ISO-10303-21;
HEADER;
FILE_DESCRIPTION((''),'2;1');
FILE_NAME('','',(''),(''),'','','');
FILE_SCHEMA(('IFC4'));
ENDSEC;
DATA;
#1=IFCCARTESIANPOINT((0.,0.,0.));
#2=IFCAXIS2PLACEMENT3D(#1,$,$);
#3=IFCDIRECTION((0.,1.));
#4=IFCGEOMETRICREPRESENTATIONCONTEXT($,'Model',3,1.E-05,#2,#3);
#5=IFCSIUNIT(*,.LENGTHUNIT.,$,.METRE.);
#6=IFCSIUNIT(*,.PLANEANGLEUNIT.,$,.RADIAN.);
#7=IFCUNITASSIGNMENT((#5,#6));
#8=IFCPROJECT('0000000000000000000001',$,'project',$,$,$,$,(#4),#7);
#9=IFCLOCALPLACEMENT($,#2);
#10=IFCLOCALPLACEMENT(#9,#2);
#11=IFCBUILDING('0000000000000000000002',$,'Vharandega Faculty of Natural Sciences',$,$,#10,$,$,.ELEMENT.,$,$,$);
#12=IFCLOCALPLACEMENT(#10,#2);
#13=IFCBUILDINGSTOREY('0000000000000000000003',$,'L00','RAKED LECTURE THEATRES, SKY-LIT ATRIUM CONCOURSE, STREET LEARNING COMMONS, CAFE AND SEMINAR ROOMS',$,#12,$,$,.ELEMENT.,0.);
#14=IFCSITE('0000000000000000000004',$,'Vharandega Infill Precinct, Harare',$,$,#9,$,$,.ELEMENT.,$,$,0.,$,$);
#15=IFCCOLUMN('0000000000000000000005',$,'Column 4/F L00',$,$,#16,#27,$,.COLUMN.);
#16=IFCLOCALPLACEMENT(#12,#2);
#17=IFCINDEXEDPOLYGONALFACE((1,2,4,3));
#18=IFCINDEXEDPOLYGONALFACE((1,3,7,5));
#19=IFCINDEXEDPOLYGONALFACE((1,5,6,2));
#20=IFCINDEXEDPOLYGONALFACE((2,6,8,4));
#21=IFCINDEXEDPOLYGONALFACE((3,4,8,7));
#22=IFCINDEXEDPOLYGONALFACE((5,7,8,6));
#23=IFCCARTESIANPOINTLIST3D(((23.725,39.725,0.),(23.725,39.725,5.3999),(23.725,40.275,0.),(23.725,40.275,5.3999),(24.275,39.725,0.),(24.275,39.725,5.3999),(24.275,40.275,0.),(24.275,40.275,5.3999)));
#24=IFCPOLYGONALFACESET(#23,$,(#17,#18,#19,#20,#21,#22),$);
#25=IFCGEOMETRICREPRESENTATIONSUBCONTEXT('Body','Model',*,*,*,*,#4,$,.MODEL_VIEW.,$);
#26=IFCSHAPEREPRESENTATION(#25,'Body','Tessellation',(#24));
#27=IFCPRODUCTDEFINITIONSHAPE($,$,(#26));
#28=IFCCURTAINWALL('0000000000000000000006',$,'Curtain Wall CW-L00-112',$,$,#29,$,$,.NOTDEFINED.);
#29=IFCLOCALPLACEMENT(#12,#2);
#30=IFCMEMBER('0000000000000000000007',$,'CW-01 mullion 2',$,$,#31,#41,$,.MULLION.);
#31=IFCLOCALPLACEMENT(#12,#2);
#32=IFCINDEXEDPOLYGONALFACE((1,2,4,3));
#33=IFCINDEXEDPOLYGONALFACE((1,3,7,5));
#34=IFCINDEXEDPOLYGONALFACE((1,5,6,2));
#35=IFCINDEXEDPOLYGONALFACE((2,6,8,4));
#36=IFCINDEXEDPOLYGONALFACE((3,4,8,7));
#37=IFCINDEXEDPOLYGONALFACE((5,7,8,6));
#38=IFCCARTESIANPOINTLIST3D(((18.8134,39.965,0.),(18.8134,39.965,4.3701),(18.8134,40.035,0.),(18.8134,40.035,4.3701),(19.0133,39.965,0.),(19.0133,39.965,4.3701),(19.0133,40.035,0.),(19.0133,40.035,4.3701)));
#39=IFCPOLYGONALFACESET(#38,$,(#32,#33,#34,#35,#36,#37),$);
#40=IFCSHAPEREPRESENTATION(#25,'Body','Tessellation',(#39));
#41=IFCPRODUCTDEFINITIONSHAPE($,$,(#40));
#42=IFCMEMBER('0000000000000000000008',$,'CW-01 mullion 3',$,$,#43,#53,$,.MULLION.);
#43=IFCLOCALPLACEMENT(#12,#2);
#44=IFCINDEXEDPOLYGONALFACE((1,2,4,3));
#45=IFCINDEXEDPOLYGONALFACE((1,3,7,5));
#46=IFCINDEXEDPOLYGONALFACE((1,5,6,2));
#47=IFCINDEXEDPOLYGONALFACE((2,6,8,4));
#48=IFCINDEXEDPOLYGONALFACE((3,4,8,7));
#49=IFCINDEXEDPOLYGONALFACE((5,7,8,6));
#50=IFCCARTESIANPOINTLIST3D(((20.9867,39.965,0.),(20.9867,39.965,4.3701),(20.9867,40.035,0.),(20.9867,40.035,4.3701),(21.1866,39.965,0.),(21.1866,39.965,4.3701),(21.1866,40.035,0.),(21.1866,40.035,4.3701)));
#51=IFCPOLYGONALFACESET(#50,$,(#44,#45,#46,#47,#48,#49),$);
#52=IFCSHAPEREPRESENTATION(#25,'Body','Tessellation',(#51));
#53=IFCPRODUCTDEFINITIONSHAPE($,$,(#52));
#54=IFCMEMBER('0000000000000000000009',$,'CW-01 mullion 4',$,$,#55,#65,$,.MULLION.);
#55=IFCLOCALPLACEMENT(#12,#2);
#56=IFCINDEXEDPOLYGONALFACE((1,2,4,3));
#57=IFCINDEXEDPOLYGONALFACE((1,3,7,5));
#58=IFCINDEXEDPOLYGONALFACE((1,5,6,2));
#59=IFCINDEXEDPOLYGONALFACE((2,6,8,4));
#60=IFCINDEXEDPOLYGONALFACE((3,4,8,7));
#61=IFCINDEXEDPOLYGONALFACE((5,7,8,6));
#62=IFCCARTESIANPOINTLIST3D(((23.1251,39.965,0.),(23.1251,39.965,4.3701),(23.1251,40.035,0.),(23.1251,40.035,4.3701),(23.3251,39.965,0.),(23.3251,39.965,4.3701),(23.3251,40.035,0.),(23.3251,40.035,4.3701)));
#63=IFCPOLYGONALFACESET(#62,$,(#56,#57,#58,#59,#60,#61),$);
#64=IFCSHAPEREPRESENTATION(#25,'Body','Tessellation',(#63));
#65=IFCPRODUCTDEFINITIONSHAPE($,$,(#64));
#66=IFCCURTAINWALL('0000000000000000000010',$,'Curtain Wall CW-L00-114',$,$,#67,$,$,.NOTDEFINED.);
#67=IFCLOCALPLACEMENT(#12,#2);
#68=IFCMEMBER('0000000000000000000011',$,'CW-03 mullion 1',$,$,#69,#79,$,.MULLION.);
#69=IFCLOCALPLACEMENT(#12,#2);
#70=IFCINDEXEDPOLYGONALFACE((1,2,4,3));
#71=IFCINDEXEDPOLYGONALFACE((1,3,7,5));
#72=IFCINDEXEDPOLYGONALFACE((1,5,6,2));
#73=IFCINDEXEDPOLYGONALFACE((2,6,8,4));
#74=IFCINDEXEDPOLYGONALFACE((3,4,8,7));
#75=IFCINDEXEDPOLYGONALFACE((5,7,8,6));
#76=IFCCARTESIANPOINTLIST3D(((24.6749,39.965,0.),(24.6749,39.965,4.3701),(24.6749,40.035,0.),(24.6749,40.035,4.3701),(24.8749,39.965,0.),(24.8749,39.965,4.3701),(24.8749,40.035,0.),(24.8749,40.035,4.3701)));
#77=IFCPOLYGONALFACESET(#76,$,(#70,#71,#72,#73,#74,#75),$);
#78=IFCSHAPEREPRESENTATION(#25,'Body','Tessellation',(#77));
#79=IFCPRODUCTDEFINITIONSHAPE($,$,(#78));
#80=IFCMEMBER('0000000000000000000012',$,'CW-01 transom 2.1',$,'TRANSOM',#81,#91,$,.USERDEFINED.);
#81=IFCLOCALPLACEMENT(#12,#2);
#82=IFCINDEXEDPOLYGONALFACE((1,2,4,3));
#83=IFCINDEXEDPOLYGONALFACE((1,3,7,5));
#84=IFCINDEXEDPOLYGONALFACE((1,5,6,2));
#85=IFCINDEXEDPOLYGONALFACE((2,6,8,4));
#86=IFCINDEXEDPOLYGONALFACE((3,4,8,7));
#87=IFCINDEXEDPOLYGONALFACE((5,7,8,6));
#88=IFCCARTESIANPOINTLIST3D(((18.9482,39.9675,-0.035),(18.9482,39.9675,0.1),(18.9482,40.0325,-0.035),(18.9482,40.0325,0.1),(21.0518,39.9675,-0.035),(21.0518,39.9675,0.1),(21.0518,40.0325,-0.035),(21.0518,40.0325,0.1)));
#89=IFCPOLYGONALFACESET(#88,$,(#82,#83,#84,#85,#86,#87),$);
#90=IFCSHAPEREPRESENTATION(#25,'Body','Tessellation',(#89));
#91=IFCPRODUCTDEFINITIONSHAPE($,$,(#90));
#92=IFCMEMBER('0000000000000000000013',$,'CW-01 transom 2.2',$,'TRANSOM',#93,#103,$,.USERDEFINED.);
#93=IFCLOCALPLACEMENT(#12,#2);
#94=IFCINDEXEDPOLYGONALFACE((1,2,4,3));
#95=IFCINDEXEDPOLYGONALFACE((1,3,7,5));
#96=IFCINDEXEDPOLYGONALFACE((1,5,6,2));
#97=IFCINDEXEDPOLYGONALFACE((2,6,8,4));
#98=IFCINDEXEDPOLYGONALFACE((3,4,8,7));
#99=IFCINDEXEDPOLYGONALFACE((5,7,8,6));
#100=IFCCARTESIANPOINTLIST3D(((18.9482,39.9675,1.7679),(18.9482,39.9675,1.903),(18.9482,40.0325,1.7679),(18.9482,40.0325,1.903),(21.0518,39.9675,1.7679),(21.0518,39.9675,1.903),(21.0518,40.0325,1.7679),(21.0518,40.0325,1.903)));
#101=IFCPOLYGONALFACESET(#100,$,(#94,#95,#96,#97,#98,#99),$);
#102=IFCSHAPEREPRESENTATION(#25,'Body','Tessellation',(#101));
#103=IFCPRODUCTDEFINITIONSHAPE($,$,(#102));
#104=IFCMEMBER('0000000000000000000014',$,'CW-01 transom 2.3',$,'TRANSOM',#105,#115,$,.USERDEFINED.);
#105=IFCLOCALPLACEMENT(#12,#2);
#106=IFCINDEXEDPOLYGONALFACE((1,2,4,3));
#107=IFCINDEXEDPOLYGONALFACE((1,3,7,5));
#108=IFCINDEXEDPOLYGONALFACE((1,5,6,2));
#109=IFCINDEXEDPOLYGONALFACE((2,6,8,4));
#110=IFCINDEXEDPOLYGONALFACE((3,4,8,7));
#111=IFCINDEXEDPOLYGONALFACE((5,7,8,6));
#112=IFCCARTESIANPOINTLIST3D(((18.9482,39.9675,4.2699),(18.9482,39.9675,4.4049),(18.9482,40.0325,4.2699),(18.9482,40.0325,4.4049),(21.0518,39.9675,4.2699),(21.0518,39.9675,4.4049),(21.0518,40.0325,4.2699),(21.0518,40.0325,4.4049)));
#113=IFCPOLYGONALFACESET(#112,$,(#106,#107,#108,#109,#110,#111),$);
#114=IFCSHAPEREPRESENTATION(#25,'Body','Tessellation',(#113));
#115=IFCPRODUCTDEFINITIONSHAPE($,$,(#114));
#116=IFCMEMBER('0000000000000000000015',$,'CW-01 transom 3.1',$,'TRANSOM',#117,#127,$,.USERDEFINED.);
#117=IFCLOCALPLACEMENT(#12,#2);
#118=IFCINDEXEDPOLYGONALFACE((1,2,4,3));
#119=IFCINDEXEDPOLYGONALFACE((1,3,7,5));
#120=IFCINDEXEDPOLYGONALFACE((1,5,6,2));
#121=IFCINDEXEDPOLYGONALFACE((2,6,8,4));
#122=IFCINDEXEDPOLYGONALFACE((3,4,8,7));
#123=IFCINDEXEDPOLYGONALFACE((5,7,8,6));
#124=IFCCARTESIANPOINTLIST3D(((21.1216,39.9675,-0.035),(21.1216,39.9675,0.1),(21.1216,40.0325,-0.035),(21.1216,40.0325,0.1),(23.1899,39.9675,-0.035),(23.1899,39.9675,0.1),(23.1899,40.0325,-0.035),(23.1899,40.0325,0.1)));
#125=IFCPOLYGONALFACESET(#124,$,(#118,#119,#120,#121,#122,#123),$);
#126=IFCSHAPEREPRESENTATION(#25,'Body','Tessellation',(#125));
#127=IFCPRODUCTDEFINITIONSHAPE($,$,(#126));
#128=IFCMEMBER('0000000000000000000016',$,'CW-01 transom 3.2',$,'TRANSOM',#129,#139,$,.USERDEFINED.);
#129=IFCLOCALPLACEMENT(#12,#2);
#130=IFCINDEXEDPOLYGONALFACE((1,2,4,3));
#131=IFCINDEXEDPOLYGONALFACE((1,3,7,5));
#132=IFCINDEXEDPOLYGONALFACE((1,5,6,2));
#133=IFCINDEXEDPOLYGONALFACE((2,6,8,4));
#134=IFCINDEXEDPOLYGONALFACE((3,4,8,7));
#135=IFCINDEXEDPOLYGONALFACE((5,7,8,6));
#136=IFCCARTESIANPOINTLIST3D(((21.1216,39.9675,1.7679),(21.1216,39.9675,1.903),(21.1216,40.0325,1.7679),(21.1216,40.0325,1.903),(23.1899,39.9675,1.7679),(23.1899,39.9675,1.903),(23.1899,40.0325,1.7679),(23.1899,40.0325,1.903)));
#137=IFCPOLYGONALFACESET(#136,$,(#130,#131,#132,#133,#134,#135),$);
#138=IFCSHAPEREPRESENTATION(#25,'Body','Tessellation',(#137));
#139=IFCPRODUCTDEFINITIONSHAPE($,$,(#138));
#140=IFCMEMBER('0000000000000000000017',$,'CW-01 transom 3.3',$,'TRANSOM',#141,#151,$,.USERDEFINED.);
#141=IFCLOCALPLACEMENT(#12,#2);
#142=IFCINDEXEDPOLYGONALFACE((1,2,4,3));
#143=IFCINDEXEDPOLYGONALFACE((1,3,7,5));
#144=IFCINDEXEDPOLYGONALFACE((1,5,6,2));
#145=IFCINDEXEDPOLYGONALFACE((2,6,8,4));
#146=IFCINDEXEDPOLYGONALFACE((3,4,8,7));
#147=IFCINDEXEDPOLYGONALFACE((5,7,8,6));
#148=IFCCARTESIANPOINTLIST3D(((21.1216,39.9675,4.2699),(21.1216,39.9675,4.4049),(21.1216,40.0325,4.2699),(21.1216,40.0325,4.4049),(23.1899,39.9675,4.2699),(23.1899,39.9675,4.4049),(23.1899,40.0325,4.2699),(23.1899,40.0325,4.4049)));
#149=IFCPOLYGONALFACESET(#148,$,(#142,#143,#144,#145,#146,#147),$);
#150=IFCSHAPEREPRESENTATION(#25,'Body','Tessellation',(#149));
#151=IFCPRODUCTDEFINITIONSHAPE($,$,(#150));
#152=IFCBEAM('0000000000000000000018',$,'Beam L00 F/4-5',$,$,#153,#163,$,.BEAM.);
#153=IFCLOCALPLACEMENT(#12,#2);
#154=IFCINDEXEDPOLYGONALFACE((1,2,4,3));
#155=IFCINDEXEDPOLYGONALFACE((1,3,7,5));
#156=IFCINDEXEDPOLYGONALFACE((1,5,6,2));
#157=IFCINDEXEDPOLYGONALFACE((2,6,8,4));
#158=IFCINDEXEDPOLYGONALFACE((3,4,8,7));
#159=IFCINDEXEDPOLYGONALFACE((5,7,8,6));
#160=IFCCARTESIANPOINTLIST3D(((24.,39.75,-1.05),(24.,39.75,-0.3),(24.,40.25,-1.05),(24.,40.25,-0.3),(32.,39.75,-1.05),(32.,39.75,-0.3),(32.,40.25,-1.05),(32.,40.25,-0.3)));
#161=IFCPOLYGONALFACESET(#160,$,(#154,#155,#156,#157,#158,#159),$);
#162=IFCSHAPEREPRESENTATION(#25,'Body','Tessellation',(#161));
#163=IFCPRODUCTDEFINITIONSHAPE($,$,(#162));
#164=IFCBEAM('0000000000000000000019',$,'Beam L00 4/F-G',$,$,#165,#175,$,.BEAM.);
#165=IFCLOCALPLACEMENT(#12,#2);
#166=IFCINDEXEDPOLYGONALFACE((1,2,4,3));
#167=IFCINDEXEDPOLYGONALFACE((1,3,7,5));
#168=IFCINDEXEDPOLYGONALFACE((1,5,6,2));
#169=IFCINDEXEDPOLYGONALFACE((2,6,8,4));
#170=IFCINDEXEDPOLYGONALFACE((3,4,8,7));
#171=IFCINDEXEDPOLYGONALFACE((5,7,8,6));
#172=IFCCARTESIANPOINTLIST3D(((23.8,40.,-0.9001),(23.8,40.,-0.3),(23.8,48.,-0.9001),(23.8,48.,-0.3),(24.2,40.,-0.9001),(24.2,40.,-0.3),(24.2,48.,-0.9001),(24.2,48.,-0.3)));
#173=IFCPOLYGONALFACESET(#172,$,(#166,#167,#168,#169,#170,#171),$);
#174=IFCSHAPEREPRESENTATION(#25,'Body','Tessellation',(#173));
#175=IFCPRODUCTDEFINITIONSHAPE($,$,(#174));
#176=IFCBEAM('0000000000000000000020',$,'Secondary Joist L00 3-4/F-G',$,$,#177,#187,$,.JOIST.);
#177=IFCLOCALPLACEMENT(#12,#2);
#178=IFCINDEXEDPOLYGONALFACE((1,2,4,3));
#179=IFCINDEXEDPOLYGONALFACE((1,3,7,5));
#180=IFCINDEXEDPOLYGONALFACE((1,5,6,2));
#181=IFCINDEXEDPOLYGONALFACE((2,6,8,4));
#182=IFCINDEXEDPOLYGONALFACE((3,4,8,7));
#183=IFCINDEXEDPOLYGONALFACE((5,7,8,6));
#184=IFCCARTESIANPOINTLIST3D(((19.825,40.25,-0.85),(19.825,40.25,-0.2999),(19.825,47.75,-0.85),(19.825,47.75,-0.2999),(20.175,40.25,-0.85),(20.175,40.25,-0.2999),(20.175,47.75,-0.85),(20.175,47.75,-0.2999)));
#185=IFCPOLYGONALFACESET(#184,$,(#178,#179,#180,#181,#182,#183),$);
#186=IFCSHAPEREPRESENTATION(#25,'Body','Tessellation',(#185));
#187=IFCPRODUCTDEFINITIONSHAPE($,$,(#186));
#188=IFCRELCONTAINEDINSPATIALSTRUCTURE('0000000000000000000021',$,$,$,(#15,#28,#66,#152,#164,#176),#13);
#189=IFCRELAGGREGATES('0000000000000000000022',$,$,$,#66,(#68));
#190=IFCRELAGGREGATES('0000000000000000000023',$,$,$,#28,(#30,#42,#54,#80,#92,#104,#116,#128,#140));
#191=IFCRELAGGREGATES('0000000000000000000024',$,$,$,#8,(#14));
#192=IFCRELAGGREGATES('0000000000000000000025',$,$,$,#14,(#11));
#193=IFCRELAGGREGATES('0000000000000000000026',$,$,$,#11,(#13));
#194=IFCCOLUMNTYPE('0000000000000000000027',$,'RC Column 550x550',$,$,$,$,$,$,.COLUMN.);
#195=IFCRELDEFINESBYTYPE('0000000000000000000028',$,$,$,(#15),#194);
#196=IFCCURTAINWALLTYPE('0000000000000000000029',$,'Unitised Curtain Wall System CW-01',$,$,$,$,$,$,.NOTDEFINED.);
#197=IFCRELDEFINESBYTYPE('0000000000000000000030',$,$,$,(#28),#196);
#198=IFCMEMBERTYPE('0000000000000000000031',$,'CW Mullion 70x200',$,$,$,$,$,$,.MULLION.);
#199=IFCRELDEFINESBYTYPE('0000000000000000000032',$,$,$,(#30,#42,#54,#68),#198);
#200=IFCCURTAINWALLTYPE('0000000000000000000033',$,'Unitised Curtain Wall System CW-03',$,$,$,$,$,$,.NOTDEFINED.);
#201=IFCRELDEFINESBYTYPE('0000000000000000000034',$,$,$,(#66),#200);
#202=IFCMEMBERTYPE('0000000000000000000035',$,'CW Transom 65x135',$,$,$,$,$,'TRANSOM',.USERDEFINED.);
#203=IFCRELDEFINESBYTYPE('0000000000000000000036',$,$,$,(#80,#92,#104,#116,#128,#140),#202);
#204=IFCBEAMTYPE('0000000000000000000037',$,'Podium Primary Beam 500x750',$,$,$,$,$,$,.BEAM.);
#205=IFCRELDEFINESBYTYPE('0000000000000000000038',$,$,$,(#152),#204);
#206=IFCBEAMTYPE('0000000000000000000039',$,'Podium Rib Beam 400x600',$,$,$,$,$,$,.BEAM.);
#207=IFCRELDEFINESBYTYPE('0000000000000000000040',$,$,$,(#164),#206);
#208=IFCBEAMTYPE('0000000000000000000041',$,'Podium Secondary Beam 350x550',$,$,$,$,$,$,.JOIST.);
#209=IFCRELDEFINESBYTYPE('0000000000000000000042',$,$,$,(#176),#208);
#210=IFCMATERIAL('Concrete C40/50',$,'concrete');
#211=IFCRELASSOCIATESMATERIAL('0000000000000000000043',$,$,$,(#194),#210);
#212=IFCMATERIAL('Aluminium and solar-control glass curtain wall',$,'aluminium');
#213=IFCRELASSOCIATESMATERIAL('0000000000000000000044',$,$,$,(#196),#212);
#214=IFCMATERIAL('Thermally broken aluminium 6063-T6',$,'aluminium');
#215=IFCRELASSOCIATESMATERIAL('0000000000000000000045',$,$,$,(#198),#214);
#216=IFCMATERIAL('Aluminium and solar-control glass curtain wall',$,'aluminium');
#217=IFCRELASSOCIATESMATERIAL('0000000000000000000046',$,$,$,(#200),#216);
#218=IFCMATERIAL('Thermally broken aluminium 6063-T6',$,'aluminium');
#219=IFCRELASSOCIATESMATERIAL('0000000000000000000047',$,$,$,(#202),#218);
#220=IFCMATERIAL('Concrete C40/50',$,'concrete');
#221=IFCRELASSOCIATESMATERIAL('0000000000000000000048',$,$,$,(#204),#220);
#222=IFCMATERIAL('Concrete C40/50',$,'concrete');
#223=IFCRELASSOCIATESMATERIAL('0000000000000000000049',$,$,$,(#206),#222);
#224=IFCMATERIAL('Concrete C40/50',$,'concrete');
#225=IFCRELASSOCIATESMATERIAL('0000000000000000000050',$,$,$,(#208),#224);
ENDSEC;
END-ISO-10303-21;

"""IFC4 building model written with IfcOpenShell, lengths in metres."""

from ifc_helpers import new_model, si_unit, direction, frame, origin, origin_2d, place, context, subcontext, project, spatial, rectangle, extrude, material, material_profile, profile_set, type_object, element, aggregate, save


model = new_model("IFC4")

# Units and contexts
model_context = context("Model", 3, precision=1e-05, world=origin(), true_north=direction((0.0, 1.0)))
body_context = subcontext(model_context, "Body", "Model", "MODEL_VIEW")
ifc_project = project(units=[si_unit("LENGTHUNIT", "METRE"), si_unit("PLANEANGLEUNIT", "RADIAN")], contexts=[model_context])

# Site, building, storey
site_placement = place(None, origin())
site = spatial("IfcSite", under=ifc_project, at=site_placement, Name="Vharandega Infill Precinct, Harare", CompositionType="ELEMENT", RefElevation=0.0)
building_placement = place(site_placement, origin())
building = spatial("IfcBuilding", under=site, at=building_placement, Name="Vharandega Faculty of Natural Sciences", CompositionType="ELEMENT")
storey_placement = place(building_placement, origin())
storey = spatial("IfcBuildingStorey", under=building, at=storey_placement, Name="L00", Description="RAKED LECTURE THEATRES, SKY-LIT ATRIUM CONCOURSE, STREET LEARNING COMMONS, CAFE AND SEMINAR ROOMS", CompositionType="ELEMENT", Elevation=0.0)

# Column
ifc_material_1 = material(Name="Concrete C40/50", Category="concrete")
ifc_material_profile_1 = material_profile(ifc_material_1, rectangle(XDim=0.55, YDim=0.55, at=origin_2d()), Name="RC 550x550")
ifc_profile_set_1 = profile_set([ifc_material_profile_1], Name="Concrete C40/50")
column_type = type_object("IfcColumnType", Name="RC Column 550x550", PredefinedType="COLUMN", material=ifc_profile_set_1)
column_placement = place(storey_placement, frame((24.0, 40.0, 0.0), z_axis=(0.0, 0.0, 1.0), x_axis=(1.0, 0.0, 0.0)))
element("IfcColumn", 1, at=column_placement, inside=storey, type_object=column_type, Name="Column 4/F L00", PredefinedType="COLUMN", context=body_context, shape_type="SweptSolid", body=[
    extrude(rectangle(XDim=0.55, YDim=0.55, at=origin_2d()), origin(), (0.0, 0.0, 1.0), 5.3999),
])

# Curtain wall, members
ifc_material_2 = material(Name="Aluminium and solar-control glass curtain wall", Category="aluminium")
curtain_wall_type_1 = type_object("IfcCurtainWallType", Name="Unitised Curtain Wall System CW-01", PredefinedType="NOTDEFINED", material=ifc_material_2)
curtain_wall_1_placement = place(storey_placement, origin())
curtain_wall_1 = element("IfcCurtainWall", 2, at=curtain_wall_1_placement, inside=storey, type_object=curtain_wall_type_1, Name="Curtain Wall CW-L00-112", PredefinedType="NOTDEFINED")
ifc_material_3 = material(Name="Thermally broken aluminium 6063-T6", Category="aluminium")
ifc_material_profile_2 = material_profile(ifc_material_3, rectangle(XDim=0.0701, YDim=0.2, at=origin_2d()), Name="ALU 70x200")
ifc_profile_set_2 = profile_set([ifc_material_profile_2], Name="Thermally broken aluminium 6063-T6")
member_type_1 = type_object("IfcMemberType", Name="CW Mullion 70x200", PredefinedType="MULLION", material=ifc_profile_set_2)
member_1_placement = place(storey_placement, frame((18.9133, 40.0, 0.0), z_axis=(0.0, 0.0, 1.0), x_axis=(0.0, 1.0, 0.0)))
member_1 = element("IfcMember", 3, at=member_1_placement, type_object=member_type_1, Name="CW-01 mullion 2", PredefinedType="MULLION", context=body_context, shape_type="SweptSolid", body=[
    extrude(rectangle(XDim=0.0701, YDim=0.2, at=origin_2d()), origin(), (0.0, 0.0, 1.0), 4.3701),
])
member_2_placement = place(storey_placement, frame((21.0867, 40.0, 0.0), z_axis=(0.0, 0.0, 1.0), x_axis=(0.0, 1.0, 0.0)))
member_2 = element("IfcMember", 4, at=member_2_placement, type_object=member_type_1, Name="CW-01 mullion 3", PredefinedType="MULLION", context=body_context, shape_type="SweptSolid", body=[
    extrude(rectangle(XDim=0.0701, YDim=0.2, at=origin_2d()), origin(), (0.0, 0.0, 1.0), 4.3701),
])
member_3_placement = place(storey_placement, frame((23.2251, 40.0, 0.0), z_axis=(0.0, 0.0, 1.0), x_axis=(0.0, 1.0, 0.0)))
member_3 = element("IfcMember", 5, at=member_3_placement, type_object=member_type_1, Name="CW-01 mullion 4", PredefinedType="MULLION", context=body_context, shape_type="SweptSolid", body=[
    extrude(rectangle(XDim=0.0701, YDim=0.2, at=origin_2d()), origin(), (0.0, 0.0, 1.0), 4.3701),
])

# Curtain wall, member
ifc_material_4 = material(Name="Aluminium and solar-control glass curtain wall", Category="aluminium")
curtain_wall_type_2 = type_object("IfcCurtainWallType", Name="Unitised Curtain Wall System CW-03", PredefinedType="NOTDEFINED", material=ifc_material_4)
curtain_wall_2_placement = place(storey_placement, origin())
curtain_wall_2 = element("IfcCurtainWall", 6, at=curtain_wall_2_placement, inside=storey, type_object=curtain_wall_type_2, Name="Curtain Wall CW-L00-114", PredefinedType="NOTDEFINED")
member_4_placement = place(storey_placement, frame((24.7749, 40.0, 0.0), z_axis=(0.0, 0.0, 1.0), x_axis=(0.0, 1.0, 0.0)))
member_4 = element("IfcMember", 7, at=member_4_placement, type_object=member_type_1, Name="CW-03 mullion 1", PredefinedType="MULLION", context=body_context, shape_type="SweptSolid", body=[
    extrude(rectangle(XDim=0.0701, YDim=0.2, at=origin_2d()), origin(), (0.0, 0.0, 1.0), 4.3701),
])
aggregate(curtain_wall_2, [member_4])

# Members
ifc_material_5 = material(Name="Thermally broken aluminium 6063-T6", Category="aluminium")
ifc_material_profile_3 = material_profile(ifc_material_5, rectangle(XDim=0.0649, YDim=0.135, at=origin_2d()), Name="ALU 65x135")
ifc_profile_set_3 = profile_set([ifc_material_profile_3], Name="Thermally broken aluminium 6063-T6")
member_type_2 = type_object("IfcMemberType", Name="CW Transom 65x135", ElementType="TRANSOM", PredefinedType="USERDEFINED", material=ifc_profile_set_3)
member_5_placement = place(storey_placement, frame((18.9482, 40.0, 0.0325), z_axis=(1.0, 0.0, 0.0), x_axis=(0.0, 1.0, 0.0)))
member_5 = element("IfcMember", 8, at=member_5_placement, type_object=member_type_2, Name="CW-01 transom 2.1", ObjectType="TRANSOM", PredefinedType="USERDEFINED", context=body_context, shape_type="SweptSolid", body=[
    extrude(rectangle(XDim=0.0649, YDim=0.135, at=origin_2d()), origin(), (0.0, 0.0, 1.0), 2.1035),
])
member_6_placement = place(storey_placement, frame((18.9482, 40.0, 1.8354), z_axis=(1.0, 0.0, 0.0), x_axis=(0.0, 1.0, 0.0)))
member_6 = element("IfcMember", 9, at=member_6_placement, type_object=member_type_2, Name="CW-01 transom 2.2", ObjectType="TRANSOM", PredefinedType="USERDEFINED", context=body_context, shape_type="SweptSolid", body=[
    extrude(rectangle(XDim=0.0649, YDim=0.135, at=origin_2d()), origin(), (0.0, 0.0, 1.0), 2.1035),
])
member_7_placement = place(storey_placement, frame((18.9482, 40.0, 4.3374), z_axis=(1.0, 0.0, 0.0), x_axis=(0.0, 1.0, 0.0)))
member_7 = element("IfcMember", 10, at=member_7_placement, type_object=member_type_2, Name="CW-01 transom 2.3", ObjectType="TRANSOM", PredefinedType="USERDEFINED", context=body_context, shape_type="SweptSolid", body=[
    extrude(rectangle(XDim=0.0649, YDim=0.135, at=origin_2d()), origin(), (0.0, 0.0, 1.0), 2.1035),
])
member_8_placement = place(storey_placement, frame((21.1216, 40.0, 0.0325), z_axis=(1.0, 0.0, 0.0), x_axis=(0.0, 1.0, 0.0)))
member_8 = element("IfcMember", 11, at=member_8_placement, type_object=member_type_2, Name="CW-01 transom 3.1", ObjectType="TRANSOM", PredefinedType="USERDEFINED", context=body_context, shape_type="SweptSolid", body=[
    extrude(rectangle(XDim=0.0649, YDim=0.135, at=origin_2d()), origin(), (0.0, 0.0, 1.0), 2.0684),
])
member_9_placement = place(storey_placement, frame((21.1216, 40.0, 1.8354), z_axis=(1.0, 0.0, 0.0), x_axis=(0.0, 1.0, 0.0)))
member_9 = element("IfcMember", 12, at=member_9_placement, type_object=member_type_2, Name="CW-01 transom 3.2", ObjectType="TRANSOM", PredefinedType="USERDEFINED", context=body_context, shape_type="SweptSolid", body=[
    extrude(rectangle(XDim=0.0649, YDim=0.135, at=origin_2d()), origin(), (0.0, 0.0, 1.0), 2.0684),
])
member_10_placement = place(storey_placement, frame((21.1216, 40.0, 4.3374), z_axis=(1.0, 0.0, 0.0), x_axis=(0.0, 1.0, 0.0)))
member_10 = element("IfcMember", 13, at=member_10_placement, type_object=member_type_2, Name="CW-01 transom 3.3", ObjectType="TRANSOM", PredefinedType="USERDEFINED", context=body_context, shape_type="SweptSolid", body=[
    extrude(rectangle(XDim=0.0649, YDim=0.135, at=origin_2d()), origin(), (0.0, 0.0, 1.0), 2.0684),
])

# Beams
ifc_material_6 = material(Name="Concrete C40/50", Category="concrete")
ifc_material_profile_4 = material_profile(ifc_material_6, rectangle(XDim=0.5, YDim=0.75, at=origin_2d()), Name="RC 500x750")
ifc_profile_set_4 = profile_set([ifc_material_profile_4], Name="Concrete C40/50")
beam_type_1 = type_object("IfcBeamType", Name="Podium Primary Beam 500x750", PredefinedType="BEAM", material=ifc_profile_set_4)
beam_1_placement = place(storey_placement, frame((24.0, 40.0, -0.675), z_axis=(1.0, 0.0, 0.0), x_axis=(0.0, 1.0, 0.0)))
element("IfcBeam", 14, at=beam_1_placement, inside=storey, type_object=beam_type_1, Name="Beam L00 F/4-5", PredefinedType="BEAM", context=body_context, shape_type="SweptSolid", body=[
    extrude(rectangle(XDim=0.5, YDim=0.75, at=origin_2d()), origin(), (0.0, 0.0, 1.0), 8.0),
])
ifc_material_7 = material(Name="Concrete C40/50", Category="concrete")
ifc_material_profile_5 = material_profile(ifc_material_7, rectangle(XDim=0.3999, YDim=0.6001, at=origin_2d()), Name="RC 400x600")
ifc_profile_set_5 = profile_set([ifc_material_profile_5], Name="Concrete C40/50")
beam_type_2 = type_object("IfcBeamType", Name="Podium Rib Beam 400x600", PredefinedType="BEAM", material=ifc_profile_set_5)
beam_2_placement = place(storey_placement, frame((24.0, 40.0, -0.6001), z_axis=(0.0, 1.0, 0.0), x_axis=(-1.0, 0.0, 0.0)))
element("IfcBeam", 15, at=beam_2_placement, inside=storey, type_object=beam_type_2, Name="Beam L00 4/F-G", PredefinedType="BEAM", context=body_context, shape_type="SweptSolid", body=[
    extrude(rectangle(XDim=0.3999, YDim=0.6001, at=origin_2d()), origin(), (0.0, 0.0, 1.0), 8.0),
])
ifc_material_8 = material(Name="Concrete C40/50", Category="concrete")
ifc_material_profile_6 = material_profile(ifc_material_8, rectangle(XDim=0.3501, YDim=0.55, at=origin_2d()), Name="RC 350x550")
ifc_profile_set_6 = profile_set([ifc_material_profile_6], Name="Concrete C40/50")
beam_type_3 = type_object("IfcBeamType", Name="Podium Secondary Beam 350x550", PredefinedType="JOIST", material=ifc_profile_set_6)
beam_3_placement = place(storey_placement, frame((20.0, 40.25, -0.575), z_axis=(0.0, 1.0, 0.0), x_axis=(-1.0, 0.0, 0.0)))
element("IfcBeam", 16, at=beam_3_placement, inside=storey, type_object=beam_type_3, Name="Secondary Joist L00 3-4/F-G", PredefinedType="JOIST", context=body_context, shape_type="SweptSolid", body=[
    extrude(rectangle(XDim=0.3501, YDim=0.55, at=origin_2d()), origin(), (0.0, 0.0, 1.0), 7.5),
])

aggregate(curtain_wall_1, [member_1, member_2, member_3, member_5, member_6, member_7, member_8, member_9, member_10])

save(model, "model.ifc")
